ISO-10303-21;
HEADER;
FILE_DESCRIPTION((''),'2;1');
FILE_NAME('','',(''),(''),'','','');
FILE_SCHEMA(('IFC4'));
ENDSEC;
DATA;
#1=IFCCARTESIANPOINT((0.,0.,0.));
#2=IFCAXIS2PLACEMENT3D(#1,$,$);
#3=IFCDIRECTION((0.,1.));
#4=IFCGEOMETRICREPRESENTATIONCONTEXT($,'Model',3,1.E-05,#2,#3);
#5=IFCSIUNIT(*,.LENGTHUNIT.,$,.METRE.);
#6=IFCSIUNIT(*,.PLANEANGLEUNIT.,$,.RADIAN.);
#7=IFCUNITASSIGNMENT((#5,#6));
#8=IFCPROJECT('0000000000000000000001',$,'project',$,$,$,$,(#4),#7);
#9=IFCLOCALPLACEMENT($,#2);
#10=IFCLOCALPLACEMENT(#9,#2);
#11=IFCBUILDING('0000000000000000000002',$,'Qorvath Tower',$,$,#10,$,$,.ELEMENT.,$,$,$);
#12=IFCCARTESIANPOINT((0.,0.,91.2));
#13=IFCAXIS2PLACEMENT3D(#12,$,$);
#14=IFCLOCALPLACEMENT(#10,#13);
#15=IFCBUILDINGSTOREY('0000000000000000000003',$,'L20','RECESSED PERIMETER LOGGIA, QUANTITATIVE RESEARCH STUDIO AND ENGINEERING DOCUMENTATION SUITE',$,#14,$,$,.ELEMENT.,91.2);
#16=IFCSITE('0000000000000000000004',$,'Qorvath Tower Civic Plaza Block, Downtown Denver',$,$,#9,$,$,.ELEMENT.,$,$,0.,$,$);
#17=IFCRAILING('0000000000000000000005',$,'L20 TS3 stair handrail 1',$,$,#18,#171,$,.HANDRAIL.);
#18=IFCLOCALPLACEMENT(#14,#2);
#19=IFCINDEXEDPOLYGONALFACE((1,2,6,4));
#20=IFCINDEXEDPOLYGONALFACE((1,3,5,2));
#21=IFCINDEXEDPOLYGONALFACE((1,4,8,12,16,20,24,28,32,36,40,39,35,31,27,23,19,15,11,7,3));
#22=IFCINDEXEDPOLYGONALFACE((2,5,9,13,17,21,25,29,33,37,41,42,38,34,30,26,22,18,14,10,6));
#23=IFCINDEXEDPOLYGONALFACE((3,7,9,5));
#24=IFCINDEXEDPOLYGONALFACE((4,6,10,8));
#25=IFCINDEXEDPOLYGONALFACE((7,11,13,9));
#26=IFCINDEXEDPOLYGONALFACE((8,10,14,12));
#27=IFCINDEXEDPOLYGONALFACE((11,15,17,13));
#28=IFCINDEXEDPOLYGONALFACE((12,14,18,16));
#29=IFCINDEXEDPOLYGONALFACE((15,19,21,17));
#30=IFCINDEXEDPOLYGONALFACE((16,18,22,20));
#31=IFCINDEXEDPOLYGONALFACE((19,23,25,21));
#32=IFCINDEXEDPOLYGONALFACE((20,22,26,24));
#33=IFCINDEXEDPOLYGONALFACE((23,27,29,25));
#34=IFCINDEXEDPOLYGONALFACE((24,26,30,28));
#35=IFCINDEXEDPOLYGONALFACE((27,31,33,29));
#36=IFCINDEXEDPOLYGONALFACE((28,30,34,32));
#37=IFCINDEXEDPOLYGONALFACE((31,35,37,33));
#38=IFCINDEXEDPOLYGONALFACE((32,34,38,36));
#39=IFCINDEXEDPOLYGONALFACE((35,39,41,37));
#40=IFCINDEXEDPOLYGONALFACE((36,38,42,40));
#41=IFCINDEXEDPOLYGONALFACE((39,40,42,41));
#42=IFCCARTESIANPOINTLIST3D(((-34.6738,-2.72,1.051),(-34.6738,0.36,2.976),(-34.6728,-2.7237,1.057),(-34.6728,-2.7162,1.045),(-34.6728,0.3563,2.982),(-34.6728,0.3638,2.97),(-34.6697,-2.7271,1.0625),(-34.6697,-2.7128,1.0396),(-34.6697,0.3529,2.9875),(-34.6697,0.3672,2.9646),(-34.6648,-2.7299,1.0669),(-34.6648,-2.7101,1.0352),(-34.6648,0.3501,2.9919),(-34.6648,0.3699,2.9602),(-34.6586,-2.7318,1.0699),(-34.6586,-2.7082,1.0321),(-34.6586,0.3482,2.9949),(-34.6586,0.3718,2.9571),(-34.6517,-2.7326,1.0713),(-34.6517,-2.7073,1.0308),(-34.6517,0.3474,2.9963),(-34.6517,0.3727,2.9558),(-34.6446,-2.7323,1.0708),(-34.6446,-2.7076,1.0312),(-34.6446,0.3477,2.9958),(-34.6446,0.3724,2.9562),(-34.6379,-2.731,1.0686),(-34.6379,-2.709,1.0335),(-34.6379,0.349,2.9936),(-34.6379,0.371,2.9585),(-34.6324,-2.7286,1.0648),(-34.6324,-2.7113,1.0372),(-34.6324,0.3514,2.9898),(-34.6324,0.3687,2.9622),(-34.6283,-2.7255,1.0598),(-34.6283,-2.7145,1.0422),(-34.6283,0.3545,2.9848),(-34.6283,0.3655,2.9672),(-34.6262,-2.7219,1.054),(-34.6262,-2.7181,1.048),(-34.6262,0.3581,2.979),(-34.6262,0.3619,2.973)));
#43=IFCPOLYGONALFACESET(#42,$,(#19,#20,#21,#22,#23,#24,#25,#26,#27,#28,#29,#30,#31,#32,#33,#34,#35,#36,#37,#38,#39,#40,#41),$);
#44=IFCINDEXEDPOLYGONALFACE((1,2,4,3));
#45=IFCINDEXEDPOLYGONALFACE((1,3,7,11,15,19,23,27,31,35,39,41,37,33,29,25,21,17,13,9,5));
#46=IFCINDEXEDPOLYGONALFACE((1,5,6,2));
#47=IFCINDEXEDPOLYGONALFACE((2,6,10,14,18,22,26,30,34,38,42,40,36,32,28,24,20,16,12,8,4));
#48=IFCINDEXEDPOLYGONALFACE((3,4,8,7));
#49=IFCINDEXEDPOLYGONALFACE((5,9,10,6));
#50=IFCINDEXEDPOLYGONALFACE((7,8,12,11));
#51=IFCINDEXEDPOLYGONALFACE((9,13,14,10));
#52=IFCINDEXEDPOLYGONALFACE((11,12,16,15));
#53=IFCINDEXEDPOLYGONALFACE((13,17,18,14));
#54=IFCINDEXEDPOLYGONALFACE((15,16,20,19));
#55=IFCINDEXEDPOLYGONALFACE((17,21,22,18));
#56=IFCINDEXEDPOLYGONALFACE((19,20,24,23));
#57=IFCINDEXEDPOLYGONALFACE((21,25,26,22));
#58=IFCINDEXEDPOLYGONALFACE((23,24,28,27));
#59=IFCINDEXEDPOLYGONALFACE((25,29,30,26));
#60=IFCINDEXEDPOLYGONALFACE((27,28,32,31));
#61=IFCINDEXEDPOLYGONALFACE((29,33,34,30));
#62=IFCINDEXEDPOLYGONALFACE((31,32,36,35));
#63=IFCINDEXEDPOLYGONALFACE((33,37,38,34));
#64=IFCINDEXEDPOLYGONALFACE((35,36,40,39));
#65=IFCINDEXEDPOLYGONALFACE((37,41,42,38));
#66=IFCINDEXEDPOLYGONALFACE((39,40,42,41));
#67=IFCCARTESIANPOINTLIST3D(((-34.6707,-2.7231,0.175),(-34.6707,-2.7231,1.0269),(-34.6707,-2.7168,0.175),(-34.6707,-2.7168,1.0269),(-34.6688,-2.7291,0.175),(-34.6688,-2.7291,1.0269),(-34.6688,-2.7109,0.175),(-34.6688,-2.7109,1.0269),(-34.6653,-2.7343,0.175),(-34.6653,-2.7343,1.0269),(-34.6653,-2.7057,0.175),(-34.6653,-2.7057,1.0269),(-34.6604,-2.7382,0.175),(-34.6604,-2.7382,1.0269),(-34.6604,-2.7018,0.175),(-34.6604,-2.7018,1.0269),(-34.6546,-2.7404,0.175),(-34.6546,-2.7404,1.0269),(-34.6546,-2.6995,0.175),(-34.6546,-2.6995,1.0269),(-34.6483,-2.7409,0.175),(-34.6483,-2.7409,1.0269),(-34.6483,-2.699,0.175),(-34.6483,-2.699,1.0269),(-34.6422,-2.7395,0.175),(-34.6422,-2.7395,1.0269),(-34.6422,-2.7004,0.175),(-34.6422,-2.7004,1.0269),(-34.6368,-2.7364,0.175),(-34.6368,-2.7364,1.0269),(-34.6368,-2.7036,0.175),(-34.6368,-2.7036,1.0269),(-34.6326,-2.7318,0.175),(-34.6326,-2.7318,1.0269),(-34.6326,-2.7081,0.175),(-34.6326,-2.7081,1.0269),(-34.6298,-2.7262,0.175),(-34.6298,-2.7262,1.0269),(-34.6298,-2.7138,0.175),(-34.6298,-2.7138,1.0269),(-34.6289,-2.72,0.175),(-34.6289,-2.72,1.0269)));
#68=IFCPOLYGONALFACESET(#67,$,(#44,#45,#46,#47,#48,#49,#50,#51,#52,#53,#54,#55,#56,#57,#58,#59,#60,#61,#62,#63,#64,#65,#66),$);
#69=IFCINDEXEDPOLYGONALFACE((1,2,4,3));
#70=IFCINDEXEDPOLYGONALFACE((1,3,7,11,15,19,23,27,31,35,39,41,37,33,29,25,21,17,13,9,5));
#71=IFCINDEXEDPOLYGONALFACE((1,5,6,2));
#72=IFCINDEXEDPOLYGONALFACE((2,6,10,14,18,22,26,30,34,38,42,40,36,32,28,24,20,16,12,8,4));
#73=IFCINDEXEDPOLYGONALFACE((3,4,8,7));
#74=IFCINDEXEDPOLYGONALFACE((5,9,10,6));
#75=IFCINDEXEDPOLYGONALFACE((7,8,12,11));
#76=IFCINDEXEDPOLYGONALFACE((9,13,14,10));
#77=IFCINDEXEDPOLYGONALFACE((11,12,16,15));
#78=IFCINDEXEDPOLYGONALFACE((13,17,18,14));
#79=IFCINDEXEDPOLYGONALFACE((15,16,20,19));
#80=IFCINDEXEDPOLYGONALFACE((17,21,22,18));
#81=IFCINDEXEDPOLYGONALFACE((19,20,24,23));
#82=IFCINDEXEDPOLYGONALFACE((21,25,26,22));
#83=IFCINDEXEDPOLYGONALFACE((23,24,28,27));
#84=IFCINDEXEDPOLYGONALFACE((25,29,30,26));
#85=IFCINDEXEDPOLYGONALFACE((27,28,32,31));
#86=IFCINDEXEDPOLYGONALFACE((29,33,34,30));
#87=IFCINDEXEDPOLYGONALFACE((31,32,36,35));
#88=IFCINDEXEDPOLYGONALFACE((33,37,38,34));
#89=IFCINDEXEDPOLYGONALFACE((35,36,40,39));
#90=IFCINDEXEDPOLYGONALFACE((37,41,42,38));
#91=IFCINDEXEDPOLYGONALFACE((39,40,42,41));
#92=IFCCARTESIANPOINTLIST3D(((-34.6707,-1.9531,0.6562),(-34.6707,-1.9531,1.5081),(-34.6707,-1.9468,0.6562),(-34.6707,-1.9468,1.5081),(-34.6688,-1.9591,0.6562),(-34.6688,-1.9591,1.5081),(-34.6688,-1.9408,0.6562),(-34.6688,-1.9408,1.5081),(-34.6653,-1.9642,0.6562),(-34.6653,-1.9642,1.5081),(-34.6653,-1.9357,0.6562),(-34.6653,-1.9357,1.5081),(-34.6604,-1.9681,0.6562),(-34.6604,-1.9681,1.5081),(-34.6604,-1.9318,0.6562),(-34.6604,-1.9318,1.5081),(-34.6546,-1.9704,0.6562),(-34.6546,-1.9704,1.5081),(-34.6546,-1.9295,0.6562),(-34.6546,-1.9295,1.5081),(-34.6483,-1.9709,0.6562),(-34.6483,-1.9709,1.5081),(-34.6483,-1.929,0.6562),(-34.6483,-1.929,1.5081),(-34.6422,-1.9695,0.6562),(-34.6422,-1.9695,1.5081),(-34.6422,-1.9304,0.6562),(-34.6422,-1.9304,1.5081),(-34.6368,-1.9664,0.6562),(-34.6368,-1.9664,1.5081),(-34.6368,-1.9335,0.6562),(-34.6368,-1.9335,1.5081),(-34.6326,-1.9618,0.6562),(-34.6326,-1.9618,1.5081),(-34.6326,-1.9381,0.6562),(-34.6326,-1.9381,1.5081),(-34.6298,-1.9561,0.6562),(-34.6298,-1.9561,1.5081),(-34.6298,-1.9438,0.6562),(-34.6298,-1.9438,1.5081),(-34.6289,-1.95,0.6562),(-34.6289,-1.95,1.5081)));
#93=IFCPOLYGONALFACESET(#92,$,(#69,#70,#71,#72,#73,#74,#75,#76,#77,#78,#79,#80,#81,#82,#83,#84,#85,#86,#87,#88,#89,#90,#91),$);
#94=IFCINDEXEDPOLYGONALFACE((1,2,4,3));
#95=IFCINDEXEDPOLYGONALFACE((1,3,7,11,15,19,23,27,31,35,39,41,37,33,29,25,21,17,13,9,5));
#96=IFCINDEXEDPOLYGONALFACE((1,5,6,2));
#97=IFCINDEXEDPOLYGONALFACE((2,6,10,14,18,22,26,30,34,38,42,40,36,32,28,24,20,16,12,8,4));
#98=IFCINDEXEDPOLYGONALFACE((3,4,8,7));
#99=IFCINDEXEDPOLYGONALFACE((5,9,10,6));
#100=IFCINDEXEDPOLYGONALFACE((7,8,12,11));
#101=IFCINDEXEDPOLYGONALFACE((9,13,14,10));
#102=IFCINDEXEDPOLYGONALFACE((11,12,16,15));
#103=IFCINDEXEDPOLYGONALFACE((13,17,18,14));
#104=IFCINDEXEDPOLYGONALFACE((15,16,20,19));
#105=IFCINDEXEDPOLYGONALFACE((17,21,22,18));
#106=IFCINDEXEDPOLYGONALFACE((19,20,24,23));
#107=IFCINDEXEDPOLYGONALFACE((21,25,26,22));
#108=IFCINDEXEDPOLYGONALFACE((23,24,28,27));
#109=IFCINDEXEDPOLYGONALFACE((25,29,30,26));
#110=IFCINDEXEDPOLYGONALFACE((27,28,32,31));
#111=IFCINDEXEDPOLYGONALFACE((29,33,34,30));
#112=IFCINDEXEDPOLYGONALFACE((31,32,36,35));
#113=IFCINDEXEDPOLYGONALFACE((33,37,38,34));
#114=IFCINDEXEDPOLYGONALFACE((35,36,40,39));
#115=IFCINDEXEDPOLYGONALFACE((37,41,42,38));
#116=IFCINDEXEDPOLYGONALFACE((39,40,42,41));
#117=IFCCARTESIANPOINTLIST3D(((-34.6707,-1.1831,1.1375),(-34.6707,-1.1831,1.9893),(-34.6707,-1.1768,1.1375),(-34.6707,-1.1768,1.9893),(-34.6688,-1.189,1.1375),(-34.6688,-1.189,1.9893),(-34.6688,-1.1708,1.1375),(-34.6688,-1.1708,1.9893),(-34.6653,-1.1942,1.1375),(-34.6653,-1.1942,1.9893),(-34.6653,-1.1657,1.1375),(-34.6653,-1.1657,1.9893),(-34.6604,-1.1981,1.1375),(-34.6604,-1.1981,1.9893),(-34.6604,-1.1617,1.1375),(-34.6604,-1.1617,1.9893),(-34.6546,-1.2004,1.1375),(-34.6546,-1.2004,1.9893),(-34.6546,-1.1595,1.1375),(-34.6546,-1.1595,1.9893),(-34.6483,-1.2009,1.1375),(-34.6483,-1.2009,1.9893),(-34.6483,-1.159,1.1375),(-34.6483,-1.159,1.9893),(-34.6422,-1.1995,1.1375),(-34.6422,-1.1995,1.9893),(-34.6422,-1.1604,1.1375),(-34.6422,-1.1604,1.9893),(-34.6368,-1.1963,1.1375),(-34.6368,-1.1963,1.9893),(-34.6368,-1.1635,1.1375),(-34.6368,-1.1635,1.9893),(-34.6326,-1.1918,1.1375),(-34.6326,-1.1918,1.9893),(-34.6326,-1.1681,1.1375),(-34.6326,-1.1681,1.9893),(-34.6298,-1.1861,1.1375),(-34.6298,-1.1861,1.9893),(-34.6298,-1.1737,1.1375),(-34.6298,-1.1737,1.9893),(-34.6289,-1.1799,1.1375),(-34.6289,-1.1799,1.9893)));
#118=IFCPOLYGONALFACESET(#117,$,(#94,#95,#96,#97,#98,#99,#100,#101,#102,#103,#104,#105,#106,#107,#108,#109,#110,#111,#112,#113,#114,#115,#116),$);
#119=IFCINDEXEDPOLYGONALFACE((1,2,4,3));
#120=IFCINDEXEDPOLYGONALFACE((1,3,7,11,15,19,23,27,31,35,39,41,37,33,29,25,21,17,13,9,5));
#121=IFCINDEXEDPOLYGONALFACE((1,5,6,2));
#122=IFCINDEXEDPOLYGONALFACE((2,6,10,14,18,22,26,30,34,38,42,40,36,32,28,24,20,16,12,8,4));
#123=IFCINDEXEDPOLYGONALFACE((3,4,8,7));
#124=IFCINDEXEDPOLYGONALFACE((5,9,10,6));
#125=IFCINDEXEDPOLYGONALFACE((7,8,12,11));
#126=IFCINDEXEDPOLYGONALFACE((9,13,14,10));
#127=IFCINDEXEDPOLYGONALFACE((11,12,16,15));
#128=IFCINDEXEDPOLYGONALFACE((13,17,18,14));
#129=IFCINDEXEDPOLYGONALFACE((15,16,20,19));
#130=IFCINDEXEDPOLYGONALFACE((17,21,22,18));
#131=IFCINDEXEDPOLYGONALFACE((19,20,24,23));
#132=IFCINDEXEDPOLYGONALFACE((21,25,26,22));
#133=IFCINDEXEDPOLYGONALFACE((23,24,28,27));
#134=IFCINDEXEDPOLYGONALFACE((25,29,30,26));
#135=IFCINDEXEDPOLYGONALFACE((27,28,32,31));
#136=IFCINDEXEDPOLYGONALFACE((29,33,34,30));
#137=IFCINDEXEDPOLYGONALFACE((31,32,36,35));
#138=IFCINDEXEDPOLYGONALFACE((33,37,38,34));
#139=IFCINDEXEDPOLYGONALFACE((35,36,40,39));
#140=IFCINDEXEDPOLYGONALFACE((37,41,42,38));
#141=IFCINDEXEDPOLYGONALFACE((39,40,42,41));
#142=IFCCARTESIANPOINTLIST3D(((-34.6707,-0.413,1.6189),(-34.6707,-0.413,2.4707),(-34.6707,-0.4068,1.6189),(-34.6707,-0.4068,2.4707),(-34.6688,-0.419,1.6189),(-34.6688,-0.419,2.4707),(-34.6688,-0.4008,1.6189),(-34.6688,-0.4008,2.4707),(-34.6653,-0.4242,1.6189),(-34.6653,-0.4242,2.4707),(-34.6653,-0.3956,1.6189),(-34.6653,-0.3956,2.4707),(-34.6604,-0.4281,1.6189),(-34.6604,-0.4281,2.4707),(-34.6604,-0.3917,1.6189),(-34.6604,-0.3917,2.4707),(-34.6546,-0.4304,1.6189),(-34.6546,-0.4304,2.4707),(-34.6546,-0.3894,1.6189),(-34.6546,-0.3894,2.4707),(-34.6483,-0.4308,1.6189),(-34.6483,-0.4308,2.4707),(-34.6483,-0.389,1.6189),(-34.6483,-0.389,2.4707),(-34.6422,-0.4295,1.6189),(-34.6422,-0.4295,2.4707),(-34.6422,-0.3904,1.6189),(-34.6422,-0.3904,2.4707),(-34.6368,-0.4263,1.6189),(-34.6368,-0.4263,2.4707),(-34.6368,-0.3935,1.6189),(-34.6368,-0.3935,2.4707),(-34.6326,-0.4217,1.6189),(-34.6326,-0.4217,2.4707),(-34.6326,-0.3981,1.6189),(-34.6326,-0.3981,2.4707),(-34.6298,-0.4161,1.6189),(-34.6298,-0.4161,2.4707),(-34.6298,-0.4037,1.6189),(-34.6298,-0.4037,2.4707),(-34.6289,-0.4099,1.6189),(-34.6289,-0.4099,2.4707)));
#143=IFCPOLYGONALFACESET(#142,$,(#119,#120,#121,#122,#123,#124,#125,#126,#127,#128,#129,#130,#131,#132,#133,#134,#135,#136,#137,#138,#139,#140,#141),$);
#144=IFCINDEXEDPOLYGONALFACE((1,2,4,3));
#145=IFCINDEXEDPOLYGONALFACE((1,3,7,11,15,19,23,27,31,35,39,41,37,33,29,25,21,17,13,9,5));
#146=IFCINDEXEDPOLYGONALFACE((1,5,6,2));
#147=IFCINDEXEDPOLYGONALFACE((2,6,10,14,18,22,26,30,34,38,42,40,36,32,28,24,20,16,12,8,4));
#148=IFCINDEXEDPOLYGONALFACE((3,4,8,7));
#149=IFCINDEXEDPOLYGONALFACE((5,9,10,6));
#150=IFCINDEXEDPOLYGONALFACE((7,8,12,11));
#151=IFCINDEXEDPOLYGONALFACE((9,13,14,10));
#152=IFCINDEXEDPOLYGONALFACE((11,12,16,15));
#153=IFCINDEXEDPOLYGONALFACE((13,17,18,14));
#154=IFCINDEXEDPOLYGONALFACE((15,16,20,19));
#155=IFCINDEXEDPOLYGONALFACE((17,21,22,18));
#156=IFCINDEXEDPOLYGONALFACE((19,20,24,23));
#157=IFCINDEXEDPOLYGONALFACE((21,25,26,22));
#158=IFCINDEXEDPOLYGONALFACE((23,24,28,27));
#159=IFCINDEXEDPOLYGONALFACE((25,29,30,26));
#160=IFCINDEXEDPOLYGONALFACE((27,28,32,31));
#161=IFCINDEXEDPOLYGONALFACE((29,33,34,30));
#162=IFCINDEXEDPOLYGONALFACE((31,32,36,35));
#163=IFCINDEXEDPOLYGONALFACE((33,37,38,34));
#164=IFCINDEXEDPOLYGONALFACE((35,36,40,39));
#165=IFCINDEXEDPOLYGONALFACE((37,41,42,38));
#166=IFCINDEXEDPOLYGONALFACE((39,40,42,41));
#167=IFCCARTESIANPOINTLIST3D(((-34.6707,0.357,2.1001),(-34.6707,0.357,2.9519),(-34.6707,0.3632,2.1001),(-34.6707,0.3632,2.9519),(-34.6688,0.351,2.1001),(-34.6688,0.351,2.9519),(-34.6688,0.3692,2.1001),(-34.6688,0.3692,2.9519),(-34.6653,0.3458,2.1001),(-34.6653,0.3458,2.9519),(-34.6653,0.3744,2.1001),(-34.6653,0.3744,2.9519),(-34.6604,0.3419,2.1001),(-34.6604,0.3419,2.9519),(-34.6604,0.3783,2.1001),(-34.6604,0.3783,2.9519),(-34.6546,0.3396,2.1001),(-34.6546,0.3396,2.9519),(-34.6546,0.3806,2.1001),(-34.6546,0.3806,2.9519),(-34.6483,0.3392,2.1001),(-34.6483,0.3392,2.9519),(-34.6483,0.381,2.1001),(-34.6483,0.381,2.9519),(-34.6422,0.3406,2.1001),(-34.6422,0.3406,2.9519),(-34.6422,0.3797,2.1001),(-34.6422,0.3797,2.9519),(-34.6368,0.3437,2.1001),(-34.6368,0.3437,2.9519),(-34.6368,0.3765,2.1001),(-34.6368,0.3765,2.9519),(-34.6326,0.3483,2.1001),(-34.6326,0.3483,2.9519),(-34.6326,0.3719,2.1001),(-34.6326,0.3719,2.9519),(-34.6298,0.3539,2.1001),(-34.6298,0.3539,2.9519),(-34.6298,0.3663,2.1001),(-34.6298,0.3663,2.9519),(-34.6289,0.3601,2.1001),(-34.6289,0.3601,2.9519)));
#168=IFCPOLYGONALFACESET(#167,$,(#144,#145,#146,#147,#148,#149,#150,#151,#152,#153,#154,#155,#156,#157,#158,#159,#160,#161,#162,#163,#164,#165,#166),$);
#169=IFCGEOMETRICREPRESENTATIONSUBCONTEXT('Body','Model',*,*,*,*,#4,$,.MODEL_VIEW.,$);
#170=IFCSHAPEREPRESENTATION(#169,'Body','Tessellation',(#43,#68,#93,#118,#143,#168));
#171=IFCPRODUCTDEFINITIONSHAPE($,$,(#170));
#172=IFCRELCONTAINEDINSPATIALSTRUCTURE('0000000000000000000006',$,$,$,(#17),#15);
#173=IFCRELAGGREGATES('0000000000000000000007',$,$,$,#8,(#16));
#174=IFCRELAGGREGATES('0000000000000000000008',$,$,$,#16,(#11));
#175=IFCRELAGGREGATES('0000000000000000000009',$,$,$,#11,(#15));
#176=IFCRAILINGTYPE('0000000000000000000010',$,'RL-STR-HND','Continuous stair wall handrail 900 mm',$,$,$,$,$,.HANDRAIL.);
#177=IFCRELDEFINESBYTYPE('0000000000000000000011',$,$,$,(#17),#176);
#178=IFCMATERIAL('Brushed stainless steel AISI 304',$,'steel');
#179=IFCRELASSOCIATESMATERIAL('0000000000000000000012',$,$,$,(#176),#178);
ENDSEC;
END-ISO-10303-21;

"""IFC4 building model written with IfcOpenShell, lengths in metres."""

from ifc_helpers import new_model, si_unit, direction, frame, origin, origin_2d, place, context, subcontext, project, spatial, circle, extrude, material, type_object, element, save


model = new_model("IFC4")

# Units and contexts
model_context = context("Model", 3, precision=1e-05, world=origin(), true_north=direction((0.0, 1.0)))
body_context = subcontext(model_context, "Body", "Model", "MODEL_VIEW")
ifc_project = project(units=[si_unit("LENGTHUNIT", "METRE"), si_unit("PLANEANGLEUNIT", "RADIAN")], contexts=[model_context])

# Site, building, storey
site_placement = place(None, origin())
site = spatial("IfcSite", under=ifc_project, at=site_placement, Name="Qorvath Tower Civic Plaza Block, Downtown Denver", CompositionType="ELEMENT", RefElevation=0.0)
building_placement = place(site_placement, origin())
building = spatial("IfcBuilding", under=site, at=building_placement, Name="Qorvath Tower", CompositionType="ELEMENT")
storey_placement = place(building_placement, frame((0.0, 0.0, 91.2)))
storey = spatial("IfcBuildingStorey", under=building, at=storey_placement, Name="L20", Description="RECESSED PERIMETER LOGGIA, QUANTITATIVE RESEARCH STUDIO AND ENGINEERING DOCUMENTATION SUITE", CompositionType="ELEMENT", Elevation=91.2)

# Railing
ifc_material_1 = material(Name="Brushed stainless steel AISI 304", Category="steel")
railing_type_1 = type_object("IfcRailingType", Name="RL-STR-HND", Description="Continuous stair wall handrail 900 mm", PredefinedType="HANDRAIL", material=ifc_material_1)
railing_1_placement = place(storey_placement, frame((-34.6499, -2.72, 0.175)))
element("IfcRailing", 1, at=railing_1_placement, inside=storey, type_object=railing_type_1, Name="L20 TS3 stair handrail 1", PredefinedType="HANDRAIL", context=body_context, shape_type="SweptSolid", body=[
    extrude(circle(Radius=0.0239, at=origin_2d()), frame((0.0, 0.0, 0.876), z_axis=(0.0, 0.847998, 0.529999), x_axis=(-1.0, 0.0, 0.0)), (0.0, 0.0, 1.0), 3.6321),
    extrude(circle(Radius=0.021, at=origin_2d()), origin(), (0.0, 0.0, 1.0), 0.8518),
    extrude(circle(Radius=0.021, at=origin_2d()), frame((0.0, 0.77, 0.4812)), (0.0, 0.0, 1.0), 0.8518),
    extrude(circle(Radius=0.021, at=origin_2d()), frame((0.0, 1.54, 0.9624)), (0.0, 0.0, 1.0), 0.8518),
    extrude(circle(Radius=0.021, at=origin_2d()), frame((0.0, 2.3101, 1.4438)), (0.0, 0.0, 1.0), 0.8518),
    extrude(circle(Radius=0.021, at=origin_2d()), frame((0.0, 3.0801, 1.925)), (0.0, 0.0, 1.0), 0.8518),
])

save(model, "model.ifc")
